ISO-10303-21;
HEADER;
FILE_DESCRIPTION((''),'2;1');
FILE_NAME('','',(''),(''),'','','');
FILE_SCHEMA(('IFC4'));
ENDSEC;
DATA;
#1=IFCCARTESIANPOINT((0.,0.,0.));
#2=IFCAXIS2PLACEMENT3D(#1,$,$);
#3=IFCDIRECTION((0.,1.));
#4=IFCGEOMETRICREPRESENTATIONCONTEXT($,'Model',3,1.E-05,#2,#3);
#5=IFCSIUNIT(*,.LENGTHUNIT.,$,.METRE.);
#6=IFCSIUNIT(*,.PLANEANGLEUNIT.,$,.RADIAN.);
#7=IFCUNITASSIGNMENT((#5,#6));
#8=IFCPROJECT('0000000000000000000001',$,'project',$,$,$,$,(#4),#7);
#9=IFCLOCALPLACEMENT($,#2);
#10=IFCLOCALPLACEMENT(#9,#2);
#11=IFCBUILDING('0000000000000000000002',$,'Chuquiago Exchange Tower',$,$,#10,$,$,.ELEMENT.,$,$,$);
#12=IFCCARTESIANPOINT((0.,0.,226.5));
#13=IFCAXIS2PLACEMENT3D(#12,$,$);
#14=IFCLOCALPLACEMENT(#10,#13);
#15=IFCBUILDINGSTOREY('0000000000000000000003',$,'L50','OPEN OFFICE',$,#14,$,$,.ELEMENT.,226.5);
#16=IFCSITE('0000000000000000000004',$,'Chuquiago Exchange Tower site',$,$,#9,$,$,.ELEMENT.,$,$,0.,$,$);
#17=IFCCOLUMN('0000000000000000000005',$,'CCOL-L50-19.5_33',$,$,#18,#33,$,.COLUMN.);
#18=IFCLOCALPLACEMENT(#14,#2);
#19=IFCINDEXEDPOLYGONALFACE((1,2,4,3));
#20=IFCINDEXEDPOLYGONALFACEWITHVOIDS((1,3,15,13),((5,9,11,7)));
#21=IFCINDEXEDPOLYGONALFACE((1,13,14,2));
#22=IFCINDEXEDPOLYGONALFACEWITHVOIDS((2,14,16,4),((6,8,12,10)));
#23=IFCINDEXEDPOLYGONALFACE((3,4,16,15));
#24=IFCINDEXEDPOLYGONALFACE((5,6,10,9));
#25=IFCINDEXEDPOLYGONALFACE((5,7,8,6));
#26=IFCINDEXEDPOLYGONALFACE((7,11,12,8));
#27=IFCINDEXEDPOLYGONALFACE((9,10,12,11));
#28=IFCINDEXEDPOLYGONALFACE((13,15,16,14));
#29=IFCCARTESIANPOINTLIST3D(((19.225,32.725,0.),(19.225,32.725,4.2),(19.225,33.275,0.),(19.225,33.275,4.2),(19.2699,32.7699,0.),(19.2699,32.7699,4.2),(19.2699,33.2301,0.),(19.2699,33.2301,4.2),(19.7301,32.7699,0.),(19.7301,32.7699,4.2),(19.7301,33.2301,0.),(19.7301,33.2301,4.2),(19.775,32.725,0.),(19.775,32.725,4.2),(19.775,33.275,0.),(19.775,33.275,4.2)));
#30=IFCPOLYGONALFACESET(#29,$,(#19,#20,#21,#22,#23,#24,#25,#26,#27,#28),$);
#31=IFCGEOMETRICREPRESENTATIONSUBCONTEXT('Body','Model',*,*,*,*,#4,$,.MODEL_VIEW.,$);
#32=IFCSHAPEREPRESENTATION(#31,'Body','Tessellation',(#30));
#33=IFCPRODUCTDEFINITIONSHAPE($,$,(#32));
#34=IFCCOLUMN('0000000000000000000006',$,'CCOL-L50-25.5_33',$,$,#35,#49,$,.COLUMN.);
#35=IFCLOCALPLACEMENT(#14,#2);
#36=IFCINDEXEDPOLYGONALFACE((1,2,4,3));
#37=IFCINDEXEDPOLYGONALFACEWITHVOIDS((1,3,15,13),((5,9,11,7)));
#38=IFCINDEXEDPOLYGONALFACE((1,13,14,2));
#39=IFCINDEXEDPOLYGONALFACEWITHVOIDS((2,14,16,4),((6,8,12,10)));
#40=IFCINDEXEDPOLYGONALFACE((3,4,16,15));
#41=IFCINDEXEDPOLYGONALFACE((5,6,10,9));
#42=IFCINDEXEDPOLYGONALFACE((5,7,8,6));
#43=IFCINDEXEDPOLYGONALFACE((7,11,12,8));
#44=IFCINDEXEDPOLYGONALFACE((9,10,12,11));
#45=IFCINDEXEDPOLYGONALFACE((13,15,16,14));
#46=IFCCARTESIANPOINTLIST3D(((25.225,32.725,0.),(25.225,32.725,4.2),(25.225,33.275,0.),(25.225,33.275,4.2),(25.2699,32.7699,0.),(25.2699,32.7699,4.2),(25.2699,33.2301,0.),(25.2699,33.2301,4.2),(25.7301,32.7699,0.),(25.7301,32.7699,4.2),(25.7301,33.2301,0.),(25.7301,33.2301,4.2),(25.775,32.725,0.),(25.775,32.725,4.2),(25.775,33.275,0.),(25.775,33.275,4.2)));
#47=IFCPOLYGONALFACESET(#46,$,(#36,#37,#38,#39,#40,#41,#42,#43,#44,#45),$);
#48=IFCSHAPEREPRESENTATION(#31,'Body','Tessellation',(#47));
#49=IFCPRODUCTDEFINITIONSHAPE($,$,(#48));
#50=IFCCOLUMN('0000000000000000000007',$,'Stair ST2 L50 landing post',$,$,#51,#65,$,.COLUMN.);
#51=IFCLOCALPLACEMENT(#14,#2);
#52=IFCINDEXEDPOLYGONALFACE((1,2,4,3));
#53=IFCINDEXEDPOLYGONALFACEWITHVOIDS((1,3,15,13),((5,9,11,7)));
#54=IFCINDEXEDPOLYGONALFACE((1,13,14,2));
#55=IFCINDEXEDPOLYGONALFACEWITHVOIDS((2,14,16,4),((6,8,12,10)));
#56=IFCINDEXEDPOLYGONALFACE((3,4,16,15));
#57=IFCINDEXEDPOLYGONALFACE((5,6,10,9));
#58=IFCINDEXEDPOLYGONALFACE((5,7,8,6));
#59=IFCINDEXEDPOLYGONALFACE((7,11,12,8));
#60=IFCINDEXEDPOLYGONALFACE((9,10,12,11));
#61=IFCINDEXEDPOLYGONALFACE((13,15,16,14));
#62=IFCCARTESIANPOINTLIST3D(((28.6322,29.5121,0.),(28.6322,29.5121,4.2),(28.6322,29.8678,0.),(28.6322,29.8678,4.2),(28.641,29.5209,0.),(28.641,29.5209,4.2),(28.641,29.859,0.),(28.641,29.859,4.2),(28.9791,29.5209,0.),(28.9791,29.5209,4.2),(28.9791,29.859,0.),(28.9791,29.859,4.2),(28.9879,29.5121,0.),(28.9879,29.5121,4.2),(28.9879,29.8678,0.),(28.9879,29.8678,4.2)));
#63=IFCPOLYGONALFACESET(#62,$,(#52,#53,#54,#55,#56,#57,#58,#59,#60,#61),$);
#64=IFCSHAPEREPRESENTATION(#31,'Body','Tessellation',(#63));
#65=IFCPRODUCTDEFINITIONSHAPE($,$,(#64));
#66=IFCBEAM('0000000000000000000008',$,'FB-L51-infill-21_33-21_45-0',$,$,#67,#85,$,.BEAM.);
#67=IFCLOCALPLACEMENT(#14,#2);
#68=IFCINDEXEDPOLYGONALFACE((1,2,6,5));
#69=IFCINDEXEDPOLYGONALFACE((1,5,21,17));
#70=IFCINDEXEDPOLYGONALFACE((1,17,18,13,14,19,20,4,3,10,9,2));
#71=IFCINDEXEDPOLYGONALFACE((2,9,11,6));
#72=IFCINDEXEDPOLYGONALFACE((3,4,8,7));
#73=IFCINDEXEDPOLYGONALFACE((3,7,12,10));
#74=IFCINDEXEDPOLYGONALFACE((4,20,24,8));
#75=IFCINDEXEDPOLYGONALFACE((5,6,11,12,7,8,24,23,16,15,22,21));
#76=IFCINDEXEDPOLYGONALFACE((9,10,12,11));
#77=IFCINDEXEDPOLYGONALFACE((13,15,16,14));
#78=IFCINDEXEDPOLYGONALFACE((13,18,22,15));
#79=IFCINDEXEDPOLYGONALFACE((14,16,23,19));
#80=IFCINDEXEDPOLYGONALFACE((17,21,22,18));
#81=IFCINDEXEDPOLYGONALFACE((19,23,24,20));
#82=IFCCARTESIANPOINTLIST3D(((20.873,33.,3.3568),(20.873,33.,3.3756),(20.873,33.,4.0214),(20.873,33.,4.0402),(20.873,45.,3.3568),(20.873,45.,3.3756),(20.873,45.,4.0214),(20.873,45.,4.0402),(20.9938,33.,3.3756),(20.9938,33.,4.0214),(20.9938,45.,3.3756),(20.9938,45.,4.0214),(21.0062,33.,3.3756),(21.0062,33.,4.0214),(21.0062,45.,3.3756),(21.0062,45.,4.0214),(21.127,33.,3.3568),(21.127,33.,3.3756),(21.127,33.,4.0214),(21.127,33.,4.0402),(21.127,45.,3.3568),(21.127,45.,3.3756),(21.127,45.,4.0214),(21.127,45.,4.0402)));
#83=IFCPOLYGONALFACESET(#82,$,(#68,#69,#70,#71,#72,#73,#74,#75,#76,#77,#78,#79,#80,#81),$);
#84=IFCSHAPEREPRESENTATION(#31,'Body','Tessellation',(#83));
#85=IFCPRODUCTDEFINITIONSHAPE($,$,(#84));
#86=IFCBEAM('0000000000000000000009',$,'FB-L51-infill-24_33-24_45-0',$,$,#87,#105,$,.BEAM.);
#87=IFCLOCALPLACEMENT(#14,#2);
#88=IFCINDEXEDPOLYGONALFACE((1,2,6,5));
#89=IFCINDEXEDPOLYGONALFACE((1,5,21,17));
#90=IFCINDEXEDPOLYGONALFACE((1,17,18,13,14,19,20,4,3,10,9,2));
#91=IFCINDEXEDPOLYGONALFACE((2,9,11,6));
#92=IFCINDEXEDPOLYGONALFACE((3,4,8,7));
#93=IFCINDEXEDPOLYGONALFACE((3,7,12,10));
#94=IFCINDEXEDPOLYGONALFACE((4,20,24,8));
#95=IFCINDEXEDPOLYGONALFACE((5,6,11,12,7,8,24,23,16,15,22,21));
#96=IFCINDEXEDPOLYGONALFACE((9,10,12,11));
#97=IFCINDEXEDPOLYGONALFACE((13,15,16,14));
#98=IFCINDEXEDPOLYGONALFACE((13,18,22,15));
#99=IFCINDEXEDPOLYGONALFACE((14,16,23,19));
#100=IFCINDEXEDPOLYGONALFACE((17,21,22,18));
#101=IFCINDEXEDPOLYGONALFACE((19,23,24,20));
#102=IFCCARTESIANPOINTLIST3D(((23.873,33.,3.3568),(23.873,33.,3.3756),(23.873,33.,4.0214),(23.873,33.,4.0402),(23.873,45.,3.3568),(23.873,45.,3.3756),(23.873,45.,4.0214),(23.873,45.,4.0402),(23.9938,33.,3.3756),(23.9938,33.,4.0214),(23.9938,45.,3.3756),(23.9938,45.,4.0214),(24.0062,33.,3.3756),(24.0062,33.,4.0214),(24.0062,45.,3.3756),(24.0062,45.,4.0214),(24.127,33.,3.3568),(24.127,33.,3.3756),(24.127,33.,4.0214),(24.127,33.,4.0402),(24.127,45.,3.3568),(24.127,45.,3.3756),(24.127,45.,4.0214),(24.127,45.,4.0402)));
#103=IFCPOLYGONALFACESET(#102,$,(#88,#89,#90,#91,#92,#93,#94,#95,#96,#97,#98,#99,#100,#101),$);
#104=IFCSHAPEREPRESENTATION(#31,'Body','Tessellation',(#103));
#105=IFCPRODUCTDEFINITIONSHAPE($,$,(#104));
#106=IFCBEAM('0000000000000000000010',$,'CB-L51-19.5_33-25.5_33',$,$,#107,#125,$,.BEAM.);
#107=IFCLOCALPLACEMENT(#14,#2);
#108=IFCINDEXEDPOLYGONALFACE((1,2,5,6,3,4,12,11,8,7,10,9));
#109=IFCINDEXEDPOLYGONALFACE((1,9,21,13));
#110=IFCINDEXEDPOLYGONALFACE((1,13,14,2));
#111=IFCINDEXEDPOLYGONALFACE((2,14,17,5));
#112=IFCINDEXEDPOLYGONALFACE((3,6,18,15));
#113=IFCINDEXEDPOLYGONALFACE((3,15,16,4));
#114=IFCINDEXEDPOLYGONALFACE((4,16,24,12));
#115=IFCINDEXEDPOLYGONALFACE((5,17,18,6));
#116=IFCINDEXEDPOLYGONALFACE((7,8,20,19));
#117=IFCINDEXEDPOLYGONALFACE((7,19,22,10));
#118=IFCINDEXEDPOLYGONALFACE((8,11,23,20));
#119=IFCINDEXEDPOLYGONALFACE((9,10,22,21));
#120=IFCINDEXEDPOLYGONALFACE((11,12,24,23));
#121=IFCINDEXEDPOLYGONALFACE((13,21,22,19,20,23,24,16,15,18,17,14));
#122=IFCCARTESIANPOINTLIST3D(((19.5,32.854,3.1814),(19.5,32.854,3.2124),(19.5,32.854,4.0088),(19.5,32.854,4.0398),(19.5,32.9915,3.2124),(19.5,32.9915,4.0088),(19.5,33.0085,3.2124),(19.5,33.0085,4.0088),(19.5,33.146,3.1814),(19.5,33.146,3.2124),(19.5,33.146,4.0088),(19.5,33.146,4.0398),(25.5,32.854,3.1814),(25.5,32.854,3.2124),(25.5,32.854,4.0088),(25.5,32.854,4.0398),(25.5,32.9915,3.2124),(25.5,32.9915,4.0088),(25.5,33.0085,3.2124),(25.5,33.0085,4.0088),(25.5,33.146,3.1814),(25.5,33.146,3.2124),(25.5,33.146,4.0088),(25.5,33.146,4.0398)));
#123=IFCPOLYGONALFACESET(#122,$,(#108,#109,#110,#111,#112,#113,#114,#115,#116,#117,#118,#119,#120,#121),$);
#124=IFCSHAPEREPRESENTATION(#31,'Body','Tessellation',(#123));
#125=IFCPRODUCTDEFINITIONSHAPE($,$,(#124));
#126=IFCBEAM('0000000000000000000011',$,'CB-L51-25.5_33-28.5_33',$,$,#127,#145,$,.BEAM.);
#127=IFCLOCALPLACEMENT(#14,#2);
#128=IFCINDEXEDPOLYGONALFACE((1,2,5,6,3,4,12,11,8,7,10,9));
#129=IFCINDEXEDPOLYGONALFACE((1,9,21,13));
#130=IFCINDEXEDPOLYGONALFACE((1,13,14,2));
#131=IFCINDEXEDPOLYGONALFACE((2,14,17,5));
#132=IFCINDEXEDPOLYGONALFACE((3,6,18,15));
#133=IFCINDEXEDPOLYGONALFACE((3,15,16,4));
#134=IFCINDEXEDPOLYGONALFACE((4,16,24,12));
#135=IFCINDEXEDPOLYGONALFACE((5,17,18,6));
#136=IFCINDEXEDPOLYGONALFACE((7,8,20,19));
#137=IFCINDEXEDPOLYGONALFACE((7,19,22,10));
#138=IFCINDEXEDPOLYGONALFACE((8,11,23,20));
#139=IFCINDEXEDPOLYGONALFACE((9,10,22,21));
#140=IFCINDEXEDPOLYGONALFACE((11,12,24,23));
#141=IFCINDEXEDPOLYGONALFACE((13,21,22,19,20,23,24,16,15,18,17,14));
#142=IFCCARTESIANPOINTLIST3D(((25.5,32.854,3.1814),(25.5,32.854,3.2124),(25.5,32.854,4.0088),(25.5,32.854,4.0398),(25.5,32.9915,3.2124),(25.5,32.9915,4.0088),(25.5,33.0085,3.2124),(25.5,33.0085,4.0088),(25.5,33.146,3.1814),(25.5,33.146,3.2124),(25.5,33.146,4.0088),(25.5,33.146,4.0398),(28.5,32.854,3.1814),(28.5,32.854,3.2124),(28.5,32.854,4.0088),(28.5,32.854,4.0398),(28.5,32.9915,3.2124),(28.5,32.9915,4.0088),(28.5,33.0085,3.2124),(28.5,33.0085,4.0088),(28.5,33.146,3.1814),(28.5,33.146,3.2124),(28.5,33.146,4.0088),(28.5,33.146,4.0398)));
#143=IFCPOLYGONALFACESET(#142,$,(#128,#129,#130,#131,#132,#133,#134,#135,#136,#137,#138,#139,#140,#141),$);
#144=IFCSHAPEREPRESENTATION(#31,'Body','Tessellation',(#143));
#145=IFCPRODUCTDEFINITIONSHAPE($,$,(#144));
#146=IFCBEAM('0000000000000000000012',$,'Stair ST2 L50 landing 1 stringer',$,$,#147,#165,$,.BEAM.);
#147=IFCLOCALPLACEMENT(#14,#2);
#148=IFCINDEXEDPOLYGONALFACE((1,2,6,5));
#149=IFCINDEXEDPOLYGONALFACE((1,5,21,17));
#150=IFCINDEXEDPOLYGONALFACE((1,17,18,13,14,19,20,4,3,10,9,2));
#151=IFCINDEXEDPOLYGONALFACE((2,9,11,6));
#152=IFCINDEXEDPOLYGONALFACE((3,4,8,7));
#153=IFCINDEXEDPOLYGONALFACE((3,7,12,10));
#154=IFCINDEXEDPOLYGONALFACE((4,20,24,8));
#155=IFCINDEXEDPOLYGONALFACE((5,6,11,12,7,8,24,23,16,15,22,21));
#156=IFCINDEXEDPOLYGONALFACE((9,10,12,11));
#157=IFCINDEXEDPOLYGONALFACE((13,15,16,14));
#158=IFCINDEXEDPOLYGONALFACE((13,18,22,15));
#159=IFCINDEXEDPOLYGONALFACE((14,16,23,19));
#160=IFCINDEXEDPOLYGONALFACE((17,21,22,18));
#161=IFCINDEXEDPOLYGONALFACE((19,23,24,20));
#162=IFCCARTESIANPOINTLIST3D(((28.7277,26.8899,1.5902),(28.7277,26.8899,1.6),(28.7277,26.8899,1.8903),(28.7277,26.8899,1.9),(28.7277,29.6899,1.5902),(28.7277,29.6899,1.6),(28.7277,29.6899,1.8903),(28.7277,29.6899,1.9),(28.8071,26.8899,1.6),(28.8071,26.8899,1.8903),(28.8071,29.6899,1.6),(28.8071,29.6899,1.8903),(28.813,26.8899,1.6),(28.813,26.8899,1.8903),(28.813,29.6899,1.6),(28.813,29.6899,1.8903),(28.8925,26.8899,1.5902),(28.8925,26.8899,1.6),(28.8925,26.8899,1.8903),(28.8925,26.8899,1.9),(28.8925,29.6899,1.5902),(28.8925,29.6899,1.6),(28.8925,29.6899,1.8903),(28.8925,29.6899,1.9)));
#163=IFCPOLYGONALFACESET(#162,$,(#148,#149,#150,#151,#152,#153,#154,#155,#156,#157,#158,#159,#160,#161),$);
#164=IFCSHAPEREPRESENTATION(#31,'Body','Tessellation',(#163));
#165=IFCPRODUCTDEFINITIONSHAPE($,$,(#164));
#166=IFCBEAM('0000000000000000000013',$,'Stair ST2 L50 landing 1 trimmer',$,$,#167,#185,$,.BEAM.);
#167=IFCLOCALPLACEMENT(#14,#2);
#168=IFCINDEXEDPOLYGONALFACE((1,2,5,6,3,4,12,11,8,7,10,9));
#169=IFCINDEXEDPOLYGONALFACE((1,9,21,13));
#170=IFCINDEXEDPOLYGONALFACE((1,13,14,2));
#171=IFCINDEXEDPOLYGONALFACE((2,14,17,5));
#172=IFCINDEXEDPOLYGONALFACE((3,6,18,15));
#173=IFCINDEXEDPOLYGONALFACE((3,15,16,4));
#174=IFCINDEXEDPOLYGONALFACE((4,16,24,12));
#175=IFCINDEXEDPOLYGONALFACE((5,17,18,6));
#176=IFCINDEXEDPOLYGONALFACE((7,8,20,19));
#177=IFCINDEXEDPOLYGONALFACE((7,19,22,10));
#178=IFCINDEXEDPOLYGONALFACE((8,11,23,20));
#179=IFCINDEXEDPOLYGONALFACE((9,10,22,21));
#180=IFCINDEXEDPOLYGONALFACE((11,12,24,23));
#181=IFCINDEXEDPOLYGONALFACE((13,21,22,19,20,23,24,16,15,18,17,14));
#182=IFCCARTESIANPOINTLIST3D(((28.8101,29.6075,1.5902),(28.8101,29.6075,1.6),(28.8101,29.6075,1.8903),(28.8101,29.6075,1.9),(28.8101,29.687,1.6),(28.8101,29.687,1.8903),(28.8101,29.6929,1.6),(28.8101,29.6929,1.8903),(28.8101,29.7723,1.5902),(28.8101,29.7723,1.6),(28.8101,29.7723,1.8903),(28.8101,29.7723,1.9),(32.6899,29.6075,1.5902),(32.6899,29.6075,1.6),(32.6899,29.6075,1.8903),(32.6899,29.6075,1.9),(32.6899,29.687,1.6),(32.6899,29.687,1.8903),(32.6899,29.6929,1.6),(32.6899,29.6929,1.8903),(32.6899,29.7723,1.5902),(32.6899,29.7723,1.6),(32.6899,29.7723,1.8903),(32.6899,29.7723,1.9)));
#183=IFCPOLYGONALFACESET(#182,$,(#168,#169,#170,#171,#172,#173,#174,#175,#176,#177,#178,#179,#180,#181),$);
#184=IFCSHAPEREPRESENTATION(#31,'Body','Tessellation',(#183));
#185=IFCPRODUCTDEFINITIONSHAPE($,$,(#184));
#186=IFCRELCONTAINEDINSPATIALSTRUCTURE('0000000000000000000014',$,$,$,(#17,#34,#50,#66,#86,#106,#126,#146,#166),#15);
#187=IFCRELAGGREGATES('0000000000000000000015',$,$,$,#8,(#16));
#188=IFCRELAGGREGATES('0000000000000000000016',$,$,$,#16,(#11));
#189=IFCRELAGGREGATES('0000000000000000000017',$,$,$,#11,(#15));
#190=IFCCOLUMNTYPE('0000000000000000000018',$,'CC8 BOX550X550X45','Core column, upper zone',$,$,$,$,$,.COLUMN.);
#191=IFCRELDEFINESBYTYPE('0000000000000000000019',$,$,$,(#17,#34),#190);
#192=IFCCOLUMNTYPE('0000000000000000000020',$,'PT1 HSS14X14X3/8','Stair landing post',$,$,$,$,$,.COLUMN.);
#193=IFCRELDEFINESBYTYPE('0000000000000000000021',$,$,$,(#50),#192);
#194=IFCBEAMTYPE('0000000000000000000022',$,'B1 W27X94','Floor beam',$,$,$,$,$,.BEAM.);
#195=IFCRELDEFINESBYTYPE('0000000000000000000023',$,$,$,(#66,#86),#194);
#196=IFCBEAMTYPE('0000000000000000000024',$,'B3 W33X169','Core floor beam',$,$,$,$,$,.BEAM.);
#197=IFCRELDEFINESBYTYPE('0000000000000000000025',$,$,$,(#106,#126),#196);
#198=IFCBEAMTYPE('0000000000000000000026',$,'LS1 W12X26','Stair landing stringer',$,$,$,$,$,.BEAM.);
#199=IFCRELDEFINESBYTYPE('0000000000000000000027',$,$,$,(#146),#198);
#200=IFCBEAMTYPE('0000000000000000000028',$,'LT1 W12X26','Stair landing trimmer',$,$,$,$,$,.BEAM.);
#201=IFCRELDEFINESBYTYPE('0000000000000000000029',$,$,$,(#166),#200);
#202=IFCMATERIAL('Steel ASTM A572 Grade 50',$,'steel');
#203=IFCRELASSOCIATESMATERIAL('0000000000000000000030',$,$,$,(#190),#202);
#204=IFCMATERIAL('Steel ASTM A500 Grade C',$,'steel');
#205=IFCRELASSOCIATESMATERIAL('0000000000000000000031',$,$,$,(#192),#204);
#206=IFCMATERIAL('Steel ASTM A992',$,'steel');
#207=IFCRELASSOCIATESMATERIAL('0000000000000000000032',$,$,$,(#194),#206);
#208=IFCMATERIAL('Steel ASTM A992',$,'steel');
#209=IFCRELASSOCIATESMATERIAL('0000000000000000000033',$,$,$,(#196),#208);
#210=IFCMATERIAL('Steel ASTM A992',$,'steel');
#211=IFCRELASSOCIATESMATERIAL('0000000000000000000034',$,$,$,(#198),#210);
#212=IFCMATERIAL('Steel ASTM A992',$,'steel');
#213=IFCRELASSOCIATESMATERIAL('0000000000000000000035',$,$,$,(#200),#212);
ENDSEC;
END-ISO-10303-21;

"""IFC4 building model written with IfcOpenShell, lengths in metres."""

from ifc_helpers import new_model, si_unit, direction, frame, origin, origin_2d, place, context, subcontext, project, spatial, hollow_rectangle, i_section, extrude, material, material_profile, profile_set, type_object, element, save


model = new_model("IFC4")

# Units and contexts
model_context = context("Model", 3, precision=1e-05, world=origin(), true_north=direction((0.0, 1.0)))
body_context = subcontext(model_context, "Body", "Model", "MODEL_VIEW")
ifc_project = project(units=[si_unit("LENGTHUNIT", "METRE"), si_unit("PLANEANGLEUNIT", "RADIAN")], contexts=[model_context])

# Site, building, storey
site_placement = place(None, origin())
site = spatial("IfcSite", under=ifc_project, at=site_placement, Name="Chuquiago Exchange Tower site", CompositionType="ELEMENT", RefElevation=0.0)
building_placement = place(site_placement, origin())
building = spatial("IfcBuilding", under=site, at=building_placement, Name="Chuquiago Exchange Tower", CompositionType="ELEMENT")
storey_placement = place(building_placement, frame((0.0, 0.0, 226.5)))
storey = spatial("IfcBuildingStorey", under=building, at=storey_placement, Name="L50", Description="OPEN OFFICE", CompositionType="ELEMENT", Elevation=226.5)

# Columns
ifc_material_1 = material(Name="Steel ASTM A572 Grade 50", Category="steel")
ifc_material_profile_1 = material_profile(ifc_material_1, hollow_rectangle(XDim=0.55, YDim=0.55, WallThickness=0.0449, at=origin_2d()), Name="BOX550X550X45")
ifc_profile_set_1 = profile_set([ifc_material_profile_1], Name="Steel ASTM A572 Grade 50")
column_type_1 = type_object("IfcColumnType", Name="CC8 BOX550X550X45", Description="Core column, upper zone", PredefinedType="COLUMN", material=ifc_profile_set_1)
for number, where, z_axis, x_axis, name in (
    (1, (19.5, 33.0, 0.0), (0.0, 0.0, 1.0), (1.0, 0.0, 0.0), "CCOL-L50-19.5_33"),
    (2, (25.5, 33.0, 0.0), (0.0, 0.0, 1.0), (1.0, 0.0, 0.0), "CCOL-L50-25.5_33"),
):
    element("IfcColumn", number, at=place(storey_placement, frame(where, z_axis=z_axis, x_axis=x_axis)), inside=storey, type_object=column_type_1, Name=name, PredefinedType="COLUMN", context=body_context, shape_type="SweptSolid", body=[
        extrude(hollow_rectangle(XDim=0.55, YDim=0.55, WallThickness=0.0449, at=origin_2d()), origin(), (0.0, 0.0, 1.0), 4.2),
    ])
ifc_material_2 = material(Name="Steel ASTM A500 Grade C", Category="steel")
ifc_material_profile_2 = material_profile(ifc_material_2, hollow_rectangle(XDim=0.3557, YDim=0.3557, WallThickness=0.0088, at=origin_2d()), Name="HSS14X14X3/8")
ifc_profile_set_2 = profile_set([ifc_material_profile_2], Name="Steel ASTM A500 Grade C")
column_type_2 = type_object("IfcColumnType", Name="PT1 HSS14X14X3/8", Description="Stair landing post", PredefinedType="COLUMN", material=ifc_profile_set_2)
column_placement = place(storey_placement, frame((28.8101, 29.6899, 0.0), z_axis=(0.0, 0.0, 1.0), x_axis=(1.0, 0.0, 0.0)))
element("IfcColumn", 3, at=column_placement, inside=storey, type_object=column_type_2, Name="Stair ST2 L50 landing post", PredefinedType="COLUMN", context=body_context, shape_type="SweptSolid", body=[
    extrude(hollow_rectangle(XDim=0.3557, YDim=0.3557, WallThickness=0.0088, at=origin_2d()), origin(), (0.0, 0.0, 1.0), 4.2),
])

# Beams
ifc_material_3 = material(Name="Steel ASTM A992", Category="steel")
ifc_material_profile_3 = material_profile(ifc_material_3, i_section(OverallWidth=0.2539, OverallDepth=0.6833, WebThickness=0.0125, FlangeThickness=0.0188, at=origin_2d()), Name="W27X94")
ifc_profile_set_3 = profile_set([ifc_material_profile_3], Name="Steel ASTM A992")
beam_type_1 = type_object("IfcBeamType", Name="B1 W27X94", Description="Floor beam", PredefinedType="BEAM", material=ifc_profile_set_3)
for number, where, z_axis, x_axis, name in (
    (4, (21.0, 33.0, 3.6985), (0.0, 1.0, 0.0), (-1.0, 0.0, 0.0), "FB-L51-infill-21_33-21_45-0"),
    (5, (24.0, 33.0, 3.6985), (0.0, 1.0, 0.0), (-1.0, 0.0, 0.0), "FB-L51-infill-24_33-24_45-0"),
):
    element("IfcBeam", number, at=place(storey_placement, frame(where, z_axis=z_axis, x_axis=x_axis)), inside=storey, type_object=beam_type_1, Name=name, PredefinedType="BEAM", context=body_context, shape_type="SweptSolid", body=[
        extrude(i_section(OverallWidth=0.2539, OverallDepth=0.6833, WebThickness=0.0125, FlangeThickness=0.0188, at=origin_2d()), origin(), (0.0, 0.0, 1.0), 12.0),
    ])
ifc_material_4 = material(Name="Steel ASTM A992", Category="steel")
ifc_material_profile_4 = material_profile(ifc_material_4, i_section(OverallWidth=0.292, OverallDepth=0.8584, WebThickness=0.0171, FlangeThickness=0.031, at=origin_2d()), Name="W33X169")
ifc_profile_set_4 = profile_set([ifc_material_profile_4], Name="Steel ASTM A992")
beam_type_2 = type_object("IfcBeamType", Name="B3 W33X169", Description="Core floor beam", PredefinedType="BEAM", material=ifc_profile_set_4)
beam_1_placement = place(storey_placement, frame((19.5, 33.0, 3.6106), z_axis=(1.0, 0.0, 0.0), x_axis=(0.0, 1.0, 0.0)))
element("IfcBeam", 6, at=beam_1_placement, inside=storey, type_object=beam_type_2, Name="CB-L51-19.5_33-25.5_33", PredefinedType="BEAM", context=body_context, shape_type="SweptSolid", body=[
    extrude(i_section(OverallWidth=0.292, OverallDepth=0.8584, WebThickness=0.0171, FlangeThickness=0.031, at=origin_2d()), origin(), (0.0, 0.0, 1.0), 6.0),
])
beam_2_placement = place(storey_placement, frame((25.5, 33.0, 3.6106), z_axis=(1.0, 0.0, 0.0), x_axis=(0.0, 1.0, 0.0)))
element("IfcBeam", 7, at=beam_2_placement, inside=storey, type_object=beam_type_2, Name="CB-L51-25.5_33-28.5_33", PredefinedType="BEAM", context=body_context, shape_type="SweptSolid", body=[
    extrude(i_section(OverallWidth=0.292, OverallDepth=0.8584, WebThickness=0.0171, FlangeThickness=0.031, at=origin_2d()), origin(), (0.0, 0.0, 1.0), 3.0),
])
ifc_material_5 = material(Name="Steel ASTM A992", Category="steel")
ifc_material_profile_5 = material_profile(ifc_material_5, i_section(OverallWidth=0.1648, OverallDepth=0.3098, WebThickness=0.0059, FlangeThickness=0.0098, at=origin_2d()), Name="W12X26")
ifc_profile_set_5 = profile_set([ifc_material_profile_5], Name="Steel ASTM A992")
beam_type_3 = type_object("IfcBeamType", Name="LS1 W12X26", Description="Stair landing stringer", PredefinedType="BEAM", material=ifc_profile_set_5)
beam_3_placement = place(storey_placement, frame((28.8101, 26.8899, 1.7451), z_axis=(0.0, 1.0, 0.0), x_axis=(-1.0, 0.0, 0.0)))
element("IfcBeam", 8, at=beam_3_placement, inside=storey, type_object=beam_type_3, Name="Stair ST2 L50 landing 1 stringer", PredefinedType="BEAM", context=body_context, shape_type="SweptSolid", body=[
    extrude(i_section(OverallWidth=0.1648, OverallDepth=0.3098, WebThickness=0.0059, FlangeThickness=0.0098, at=origin_2d()), origin(), (0.0, 0.0, 1.0), 2.8),
])
ifc_material_6 = material(Name="Steel ASTM A992", Category="steel")
ifc_material_profile_6 = material_profile(ifc_material_6, i_section(OverallWidth=0.1648, OverallDepth=0.3098, WebThickness=0.0059, FlangeThickness=0.0098, at=origin_2d()), Name="W12X26")
ifc_profile_set_6 = profile_set([ifc_material_profile_6], Name="Steel ASTM A992")
beam_type_4 = type_object("IfcBeamType", Name="LT1 W12X26", Description="Stair landing trimmer", PredefinedType="BEAM", material=ifc_profile_set_6)
for number, where, z_axis, x_axis, name in (
    (9, (28.8101, 29.6899, 1.7451), (1.0, 0.0, 0.0), (0.0, 1.0, 0.0), "Stair ST2 L50 landing 1 trimmer"),
):
    element("IfcBeam", number, at=place(storey_placement, frame(where, z_axis=z_axis, x_axis=x_axis)), inside=storey, type_object=beam_type_4, Name=name, PredefinedType="BEAM", context=body_context, shape_type="SweptSolid", body=[
        extrude(i_section(OverallWidth=0.1648, OverallDepth=0.3098, WebThickness=0.0059, FlangeThickness=0.0098, at=origin_2d()), origin(), (0.0, 0.0, 1.0), 3.8799),
    ])

save(model, "model.ifc")
